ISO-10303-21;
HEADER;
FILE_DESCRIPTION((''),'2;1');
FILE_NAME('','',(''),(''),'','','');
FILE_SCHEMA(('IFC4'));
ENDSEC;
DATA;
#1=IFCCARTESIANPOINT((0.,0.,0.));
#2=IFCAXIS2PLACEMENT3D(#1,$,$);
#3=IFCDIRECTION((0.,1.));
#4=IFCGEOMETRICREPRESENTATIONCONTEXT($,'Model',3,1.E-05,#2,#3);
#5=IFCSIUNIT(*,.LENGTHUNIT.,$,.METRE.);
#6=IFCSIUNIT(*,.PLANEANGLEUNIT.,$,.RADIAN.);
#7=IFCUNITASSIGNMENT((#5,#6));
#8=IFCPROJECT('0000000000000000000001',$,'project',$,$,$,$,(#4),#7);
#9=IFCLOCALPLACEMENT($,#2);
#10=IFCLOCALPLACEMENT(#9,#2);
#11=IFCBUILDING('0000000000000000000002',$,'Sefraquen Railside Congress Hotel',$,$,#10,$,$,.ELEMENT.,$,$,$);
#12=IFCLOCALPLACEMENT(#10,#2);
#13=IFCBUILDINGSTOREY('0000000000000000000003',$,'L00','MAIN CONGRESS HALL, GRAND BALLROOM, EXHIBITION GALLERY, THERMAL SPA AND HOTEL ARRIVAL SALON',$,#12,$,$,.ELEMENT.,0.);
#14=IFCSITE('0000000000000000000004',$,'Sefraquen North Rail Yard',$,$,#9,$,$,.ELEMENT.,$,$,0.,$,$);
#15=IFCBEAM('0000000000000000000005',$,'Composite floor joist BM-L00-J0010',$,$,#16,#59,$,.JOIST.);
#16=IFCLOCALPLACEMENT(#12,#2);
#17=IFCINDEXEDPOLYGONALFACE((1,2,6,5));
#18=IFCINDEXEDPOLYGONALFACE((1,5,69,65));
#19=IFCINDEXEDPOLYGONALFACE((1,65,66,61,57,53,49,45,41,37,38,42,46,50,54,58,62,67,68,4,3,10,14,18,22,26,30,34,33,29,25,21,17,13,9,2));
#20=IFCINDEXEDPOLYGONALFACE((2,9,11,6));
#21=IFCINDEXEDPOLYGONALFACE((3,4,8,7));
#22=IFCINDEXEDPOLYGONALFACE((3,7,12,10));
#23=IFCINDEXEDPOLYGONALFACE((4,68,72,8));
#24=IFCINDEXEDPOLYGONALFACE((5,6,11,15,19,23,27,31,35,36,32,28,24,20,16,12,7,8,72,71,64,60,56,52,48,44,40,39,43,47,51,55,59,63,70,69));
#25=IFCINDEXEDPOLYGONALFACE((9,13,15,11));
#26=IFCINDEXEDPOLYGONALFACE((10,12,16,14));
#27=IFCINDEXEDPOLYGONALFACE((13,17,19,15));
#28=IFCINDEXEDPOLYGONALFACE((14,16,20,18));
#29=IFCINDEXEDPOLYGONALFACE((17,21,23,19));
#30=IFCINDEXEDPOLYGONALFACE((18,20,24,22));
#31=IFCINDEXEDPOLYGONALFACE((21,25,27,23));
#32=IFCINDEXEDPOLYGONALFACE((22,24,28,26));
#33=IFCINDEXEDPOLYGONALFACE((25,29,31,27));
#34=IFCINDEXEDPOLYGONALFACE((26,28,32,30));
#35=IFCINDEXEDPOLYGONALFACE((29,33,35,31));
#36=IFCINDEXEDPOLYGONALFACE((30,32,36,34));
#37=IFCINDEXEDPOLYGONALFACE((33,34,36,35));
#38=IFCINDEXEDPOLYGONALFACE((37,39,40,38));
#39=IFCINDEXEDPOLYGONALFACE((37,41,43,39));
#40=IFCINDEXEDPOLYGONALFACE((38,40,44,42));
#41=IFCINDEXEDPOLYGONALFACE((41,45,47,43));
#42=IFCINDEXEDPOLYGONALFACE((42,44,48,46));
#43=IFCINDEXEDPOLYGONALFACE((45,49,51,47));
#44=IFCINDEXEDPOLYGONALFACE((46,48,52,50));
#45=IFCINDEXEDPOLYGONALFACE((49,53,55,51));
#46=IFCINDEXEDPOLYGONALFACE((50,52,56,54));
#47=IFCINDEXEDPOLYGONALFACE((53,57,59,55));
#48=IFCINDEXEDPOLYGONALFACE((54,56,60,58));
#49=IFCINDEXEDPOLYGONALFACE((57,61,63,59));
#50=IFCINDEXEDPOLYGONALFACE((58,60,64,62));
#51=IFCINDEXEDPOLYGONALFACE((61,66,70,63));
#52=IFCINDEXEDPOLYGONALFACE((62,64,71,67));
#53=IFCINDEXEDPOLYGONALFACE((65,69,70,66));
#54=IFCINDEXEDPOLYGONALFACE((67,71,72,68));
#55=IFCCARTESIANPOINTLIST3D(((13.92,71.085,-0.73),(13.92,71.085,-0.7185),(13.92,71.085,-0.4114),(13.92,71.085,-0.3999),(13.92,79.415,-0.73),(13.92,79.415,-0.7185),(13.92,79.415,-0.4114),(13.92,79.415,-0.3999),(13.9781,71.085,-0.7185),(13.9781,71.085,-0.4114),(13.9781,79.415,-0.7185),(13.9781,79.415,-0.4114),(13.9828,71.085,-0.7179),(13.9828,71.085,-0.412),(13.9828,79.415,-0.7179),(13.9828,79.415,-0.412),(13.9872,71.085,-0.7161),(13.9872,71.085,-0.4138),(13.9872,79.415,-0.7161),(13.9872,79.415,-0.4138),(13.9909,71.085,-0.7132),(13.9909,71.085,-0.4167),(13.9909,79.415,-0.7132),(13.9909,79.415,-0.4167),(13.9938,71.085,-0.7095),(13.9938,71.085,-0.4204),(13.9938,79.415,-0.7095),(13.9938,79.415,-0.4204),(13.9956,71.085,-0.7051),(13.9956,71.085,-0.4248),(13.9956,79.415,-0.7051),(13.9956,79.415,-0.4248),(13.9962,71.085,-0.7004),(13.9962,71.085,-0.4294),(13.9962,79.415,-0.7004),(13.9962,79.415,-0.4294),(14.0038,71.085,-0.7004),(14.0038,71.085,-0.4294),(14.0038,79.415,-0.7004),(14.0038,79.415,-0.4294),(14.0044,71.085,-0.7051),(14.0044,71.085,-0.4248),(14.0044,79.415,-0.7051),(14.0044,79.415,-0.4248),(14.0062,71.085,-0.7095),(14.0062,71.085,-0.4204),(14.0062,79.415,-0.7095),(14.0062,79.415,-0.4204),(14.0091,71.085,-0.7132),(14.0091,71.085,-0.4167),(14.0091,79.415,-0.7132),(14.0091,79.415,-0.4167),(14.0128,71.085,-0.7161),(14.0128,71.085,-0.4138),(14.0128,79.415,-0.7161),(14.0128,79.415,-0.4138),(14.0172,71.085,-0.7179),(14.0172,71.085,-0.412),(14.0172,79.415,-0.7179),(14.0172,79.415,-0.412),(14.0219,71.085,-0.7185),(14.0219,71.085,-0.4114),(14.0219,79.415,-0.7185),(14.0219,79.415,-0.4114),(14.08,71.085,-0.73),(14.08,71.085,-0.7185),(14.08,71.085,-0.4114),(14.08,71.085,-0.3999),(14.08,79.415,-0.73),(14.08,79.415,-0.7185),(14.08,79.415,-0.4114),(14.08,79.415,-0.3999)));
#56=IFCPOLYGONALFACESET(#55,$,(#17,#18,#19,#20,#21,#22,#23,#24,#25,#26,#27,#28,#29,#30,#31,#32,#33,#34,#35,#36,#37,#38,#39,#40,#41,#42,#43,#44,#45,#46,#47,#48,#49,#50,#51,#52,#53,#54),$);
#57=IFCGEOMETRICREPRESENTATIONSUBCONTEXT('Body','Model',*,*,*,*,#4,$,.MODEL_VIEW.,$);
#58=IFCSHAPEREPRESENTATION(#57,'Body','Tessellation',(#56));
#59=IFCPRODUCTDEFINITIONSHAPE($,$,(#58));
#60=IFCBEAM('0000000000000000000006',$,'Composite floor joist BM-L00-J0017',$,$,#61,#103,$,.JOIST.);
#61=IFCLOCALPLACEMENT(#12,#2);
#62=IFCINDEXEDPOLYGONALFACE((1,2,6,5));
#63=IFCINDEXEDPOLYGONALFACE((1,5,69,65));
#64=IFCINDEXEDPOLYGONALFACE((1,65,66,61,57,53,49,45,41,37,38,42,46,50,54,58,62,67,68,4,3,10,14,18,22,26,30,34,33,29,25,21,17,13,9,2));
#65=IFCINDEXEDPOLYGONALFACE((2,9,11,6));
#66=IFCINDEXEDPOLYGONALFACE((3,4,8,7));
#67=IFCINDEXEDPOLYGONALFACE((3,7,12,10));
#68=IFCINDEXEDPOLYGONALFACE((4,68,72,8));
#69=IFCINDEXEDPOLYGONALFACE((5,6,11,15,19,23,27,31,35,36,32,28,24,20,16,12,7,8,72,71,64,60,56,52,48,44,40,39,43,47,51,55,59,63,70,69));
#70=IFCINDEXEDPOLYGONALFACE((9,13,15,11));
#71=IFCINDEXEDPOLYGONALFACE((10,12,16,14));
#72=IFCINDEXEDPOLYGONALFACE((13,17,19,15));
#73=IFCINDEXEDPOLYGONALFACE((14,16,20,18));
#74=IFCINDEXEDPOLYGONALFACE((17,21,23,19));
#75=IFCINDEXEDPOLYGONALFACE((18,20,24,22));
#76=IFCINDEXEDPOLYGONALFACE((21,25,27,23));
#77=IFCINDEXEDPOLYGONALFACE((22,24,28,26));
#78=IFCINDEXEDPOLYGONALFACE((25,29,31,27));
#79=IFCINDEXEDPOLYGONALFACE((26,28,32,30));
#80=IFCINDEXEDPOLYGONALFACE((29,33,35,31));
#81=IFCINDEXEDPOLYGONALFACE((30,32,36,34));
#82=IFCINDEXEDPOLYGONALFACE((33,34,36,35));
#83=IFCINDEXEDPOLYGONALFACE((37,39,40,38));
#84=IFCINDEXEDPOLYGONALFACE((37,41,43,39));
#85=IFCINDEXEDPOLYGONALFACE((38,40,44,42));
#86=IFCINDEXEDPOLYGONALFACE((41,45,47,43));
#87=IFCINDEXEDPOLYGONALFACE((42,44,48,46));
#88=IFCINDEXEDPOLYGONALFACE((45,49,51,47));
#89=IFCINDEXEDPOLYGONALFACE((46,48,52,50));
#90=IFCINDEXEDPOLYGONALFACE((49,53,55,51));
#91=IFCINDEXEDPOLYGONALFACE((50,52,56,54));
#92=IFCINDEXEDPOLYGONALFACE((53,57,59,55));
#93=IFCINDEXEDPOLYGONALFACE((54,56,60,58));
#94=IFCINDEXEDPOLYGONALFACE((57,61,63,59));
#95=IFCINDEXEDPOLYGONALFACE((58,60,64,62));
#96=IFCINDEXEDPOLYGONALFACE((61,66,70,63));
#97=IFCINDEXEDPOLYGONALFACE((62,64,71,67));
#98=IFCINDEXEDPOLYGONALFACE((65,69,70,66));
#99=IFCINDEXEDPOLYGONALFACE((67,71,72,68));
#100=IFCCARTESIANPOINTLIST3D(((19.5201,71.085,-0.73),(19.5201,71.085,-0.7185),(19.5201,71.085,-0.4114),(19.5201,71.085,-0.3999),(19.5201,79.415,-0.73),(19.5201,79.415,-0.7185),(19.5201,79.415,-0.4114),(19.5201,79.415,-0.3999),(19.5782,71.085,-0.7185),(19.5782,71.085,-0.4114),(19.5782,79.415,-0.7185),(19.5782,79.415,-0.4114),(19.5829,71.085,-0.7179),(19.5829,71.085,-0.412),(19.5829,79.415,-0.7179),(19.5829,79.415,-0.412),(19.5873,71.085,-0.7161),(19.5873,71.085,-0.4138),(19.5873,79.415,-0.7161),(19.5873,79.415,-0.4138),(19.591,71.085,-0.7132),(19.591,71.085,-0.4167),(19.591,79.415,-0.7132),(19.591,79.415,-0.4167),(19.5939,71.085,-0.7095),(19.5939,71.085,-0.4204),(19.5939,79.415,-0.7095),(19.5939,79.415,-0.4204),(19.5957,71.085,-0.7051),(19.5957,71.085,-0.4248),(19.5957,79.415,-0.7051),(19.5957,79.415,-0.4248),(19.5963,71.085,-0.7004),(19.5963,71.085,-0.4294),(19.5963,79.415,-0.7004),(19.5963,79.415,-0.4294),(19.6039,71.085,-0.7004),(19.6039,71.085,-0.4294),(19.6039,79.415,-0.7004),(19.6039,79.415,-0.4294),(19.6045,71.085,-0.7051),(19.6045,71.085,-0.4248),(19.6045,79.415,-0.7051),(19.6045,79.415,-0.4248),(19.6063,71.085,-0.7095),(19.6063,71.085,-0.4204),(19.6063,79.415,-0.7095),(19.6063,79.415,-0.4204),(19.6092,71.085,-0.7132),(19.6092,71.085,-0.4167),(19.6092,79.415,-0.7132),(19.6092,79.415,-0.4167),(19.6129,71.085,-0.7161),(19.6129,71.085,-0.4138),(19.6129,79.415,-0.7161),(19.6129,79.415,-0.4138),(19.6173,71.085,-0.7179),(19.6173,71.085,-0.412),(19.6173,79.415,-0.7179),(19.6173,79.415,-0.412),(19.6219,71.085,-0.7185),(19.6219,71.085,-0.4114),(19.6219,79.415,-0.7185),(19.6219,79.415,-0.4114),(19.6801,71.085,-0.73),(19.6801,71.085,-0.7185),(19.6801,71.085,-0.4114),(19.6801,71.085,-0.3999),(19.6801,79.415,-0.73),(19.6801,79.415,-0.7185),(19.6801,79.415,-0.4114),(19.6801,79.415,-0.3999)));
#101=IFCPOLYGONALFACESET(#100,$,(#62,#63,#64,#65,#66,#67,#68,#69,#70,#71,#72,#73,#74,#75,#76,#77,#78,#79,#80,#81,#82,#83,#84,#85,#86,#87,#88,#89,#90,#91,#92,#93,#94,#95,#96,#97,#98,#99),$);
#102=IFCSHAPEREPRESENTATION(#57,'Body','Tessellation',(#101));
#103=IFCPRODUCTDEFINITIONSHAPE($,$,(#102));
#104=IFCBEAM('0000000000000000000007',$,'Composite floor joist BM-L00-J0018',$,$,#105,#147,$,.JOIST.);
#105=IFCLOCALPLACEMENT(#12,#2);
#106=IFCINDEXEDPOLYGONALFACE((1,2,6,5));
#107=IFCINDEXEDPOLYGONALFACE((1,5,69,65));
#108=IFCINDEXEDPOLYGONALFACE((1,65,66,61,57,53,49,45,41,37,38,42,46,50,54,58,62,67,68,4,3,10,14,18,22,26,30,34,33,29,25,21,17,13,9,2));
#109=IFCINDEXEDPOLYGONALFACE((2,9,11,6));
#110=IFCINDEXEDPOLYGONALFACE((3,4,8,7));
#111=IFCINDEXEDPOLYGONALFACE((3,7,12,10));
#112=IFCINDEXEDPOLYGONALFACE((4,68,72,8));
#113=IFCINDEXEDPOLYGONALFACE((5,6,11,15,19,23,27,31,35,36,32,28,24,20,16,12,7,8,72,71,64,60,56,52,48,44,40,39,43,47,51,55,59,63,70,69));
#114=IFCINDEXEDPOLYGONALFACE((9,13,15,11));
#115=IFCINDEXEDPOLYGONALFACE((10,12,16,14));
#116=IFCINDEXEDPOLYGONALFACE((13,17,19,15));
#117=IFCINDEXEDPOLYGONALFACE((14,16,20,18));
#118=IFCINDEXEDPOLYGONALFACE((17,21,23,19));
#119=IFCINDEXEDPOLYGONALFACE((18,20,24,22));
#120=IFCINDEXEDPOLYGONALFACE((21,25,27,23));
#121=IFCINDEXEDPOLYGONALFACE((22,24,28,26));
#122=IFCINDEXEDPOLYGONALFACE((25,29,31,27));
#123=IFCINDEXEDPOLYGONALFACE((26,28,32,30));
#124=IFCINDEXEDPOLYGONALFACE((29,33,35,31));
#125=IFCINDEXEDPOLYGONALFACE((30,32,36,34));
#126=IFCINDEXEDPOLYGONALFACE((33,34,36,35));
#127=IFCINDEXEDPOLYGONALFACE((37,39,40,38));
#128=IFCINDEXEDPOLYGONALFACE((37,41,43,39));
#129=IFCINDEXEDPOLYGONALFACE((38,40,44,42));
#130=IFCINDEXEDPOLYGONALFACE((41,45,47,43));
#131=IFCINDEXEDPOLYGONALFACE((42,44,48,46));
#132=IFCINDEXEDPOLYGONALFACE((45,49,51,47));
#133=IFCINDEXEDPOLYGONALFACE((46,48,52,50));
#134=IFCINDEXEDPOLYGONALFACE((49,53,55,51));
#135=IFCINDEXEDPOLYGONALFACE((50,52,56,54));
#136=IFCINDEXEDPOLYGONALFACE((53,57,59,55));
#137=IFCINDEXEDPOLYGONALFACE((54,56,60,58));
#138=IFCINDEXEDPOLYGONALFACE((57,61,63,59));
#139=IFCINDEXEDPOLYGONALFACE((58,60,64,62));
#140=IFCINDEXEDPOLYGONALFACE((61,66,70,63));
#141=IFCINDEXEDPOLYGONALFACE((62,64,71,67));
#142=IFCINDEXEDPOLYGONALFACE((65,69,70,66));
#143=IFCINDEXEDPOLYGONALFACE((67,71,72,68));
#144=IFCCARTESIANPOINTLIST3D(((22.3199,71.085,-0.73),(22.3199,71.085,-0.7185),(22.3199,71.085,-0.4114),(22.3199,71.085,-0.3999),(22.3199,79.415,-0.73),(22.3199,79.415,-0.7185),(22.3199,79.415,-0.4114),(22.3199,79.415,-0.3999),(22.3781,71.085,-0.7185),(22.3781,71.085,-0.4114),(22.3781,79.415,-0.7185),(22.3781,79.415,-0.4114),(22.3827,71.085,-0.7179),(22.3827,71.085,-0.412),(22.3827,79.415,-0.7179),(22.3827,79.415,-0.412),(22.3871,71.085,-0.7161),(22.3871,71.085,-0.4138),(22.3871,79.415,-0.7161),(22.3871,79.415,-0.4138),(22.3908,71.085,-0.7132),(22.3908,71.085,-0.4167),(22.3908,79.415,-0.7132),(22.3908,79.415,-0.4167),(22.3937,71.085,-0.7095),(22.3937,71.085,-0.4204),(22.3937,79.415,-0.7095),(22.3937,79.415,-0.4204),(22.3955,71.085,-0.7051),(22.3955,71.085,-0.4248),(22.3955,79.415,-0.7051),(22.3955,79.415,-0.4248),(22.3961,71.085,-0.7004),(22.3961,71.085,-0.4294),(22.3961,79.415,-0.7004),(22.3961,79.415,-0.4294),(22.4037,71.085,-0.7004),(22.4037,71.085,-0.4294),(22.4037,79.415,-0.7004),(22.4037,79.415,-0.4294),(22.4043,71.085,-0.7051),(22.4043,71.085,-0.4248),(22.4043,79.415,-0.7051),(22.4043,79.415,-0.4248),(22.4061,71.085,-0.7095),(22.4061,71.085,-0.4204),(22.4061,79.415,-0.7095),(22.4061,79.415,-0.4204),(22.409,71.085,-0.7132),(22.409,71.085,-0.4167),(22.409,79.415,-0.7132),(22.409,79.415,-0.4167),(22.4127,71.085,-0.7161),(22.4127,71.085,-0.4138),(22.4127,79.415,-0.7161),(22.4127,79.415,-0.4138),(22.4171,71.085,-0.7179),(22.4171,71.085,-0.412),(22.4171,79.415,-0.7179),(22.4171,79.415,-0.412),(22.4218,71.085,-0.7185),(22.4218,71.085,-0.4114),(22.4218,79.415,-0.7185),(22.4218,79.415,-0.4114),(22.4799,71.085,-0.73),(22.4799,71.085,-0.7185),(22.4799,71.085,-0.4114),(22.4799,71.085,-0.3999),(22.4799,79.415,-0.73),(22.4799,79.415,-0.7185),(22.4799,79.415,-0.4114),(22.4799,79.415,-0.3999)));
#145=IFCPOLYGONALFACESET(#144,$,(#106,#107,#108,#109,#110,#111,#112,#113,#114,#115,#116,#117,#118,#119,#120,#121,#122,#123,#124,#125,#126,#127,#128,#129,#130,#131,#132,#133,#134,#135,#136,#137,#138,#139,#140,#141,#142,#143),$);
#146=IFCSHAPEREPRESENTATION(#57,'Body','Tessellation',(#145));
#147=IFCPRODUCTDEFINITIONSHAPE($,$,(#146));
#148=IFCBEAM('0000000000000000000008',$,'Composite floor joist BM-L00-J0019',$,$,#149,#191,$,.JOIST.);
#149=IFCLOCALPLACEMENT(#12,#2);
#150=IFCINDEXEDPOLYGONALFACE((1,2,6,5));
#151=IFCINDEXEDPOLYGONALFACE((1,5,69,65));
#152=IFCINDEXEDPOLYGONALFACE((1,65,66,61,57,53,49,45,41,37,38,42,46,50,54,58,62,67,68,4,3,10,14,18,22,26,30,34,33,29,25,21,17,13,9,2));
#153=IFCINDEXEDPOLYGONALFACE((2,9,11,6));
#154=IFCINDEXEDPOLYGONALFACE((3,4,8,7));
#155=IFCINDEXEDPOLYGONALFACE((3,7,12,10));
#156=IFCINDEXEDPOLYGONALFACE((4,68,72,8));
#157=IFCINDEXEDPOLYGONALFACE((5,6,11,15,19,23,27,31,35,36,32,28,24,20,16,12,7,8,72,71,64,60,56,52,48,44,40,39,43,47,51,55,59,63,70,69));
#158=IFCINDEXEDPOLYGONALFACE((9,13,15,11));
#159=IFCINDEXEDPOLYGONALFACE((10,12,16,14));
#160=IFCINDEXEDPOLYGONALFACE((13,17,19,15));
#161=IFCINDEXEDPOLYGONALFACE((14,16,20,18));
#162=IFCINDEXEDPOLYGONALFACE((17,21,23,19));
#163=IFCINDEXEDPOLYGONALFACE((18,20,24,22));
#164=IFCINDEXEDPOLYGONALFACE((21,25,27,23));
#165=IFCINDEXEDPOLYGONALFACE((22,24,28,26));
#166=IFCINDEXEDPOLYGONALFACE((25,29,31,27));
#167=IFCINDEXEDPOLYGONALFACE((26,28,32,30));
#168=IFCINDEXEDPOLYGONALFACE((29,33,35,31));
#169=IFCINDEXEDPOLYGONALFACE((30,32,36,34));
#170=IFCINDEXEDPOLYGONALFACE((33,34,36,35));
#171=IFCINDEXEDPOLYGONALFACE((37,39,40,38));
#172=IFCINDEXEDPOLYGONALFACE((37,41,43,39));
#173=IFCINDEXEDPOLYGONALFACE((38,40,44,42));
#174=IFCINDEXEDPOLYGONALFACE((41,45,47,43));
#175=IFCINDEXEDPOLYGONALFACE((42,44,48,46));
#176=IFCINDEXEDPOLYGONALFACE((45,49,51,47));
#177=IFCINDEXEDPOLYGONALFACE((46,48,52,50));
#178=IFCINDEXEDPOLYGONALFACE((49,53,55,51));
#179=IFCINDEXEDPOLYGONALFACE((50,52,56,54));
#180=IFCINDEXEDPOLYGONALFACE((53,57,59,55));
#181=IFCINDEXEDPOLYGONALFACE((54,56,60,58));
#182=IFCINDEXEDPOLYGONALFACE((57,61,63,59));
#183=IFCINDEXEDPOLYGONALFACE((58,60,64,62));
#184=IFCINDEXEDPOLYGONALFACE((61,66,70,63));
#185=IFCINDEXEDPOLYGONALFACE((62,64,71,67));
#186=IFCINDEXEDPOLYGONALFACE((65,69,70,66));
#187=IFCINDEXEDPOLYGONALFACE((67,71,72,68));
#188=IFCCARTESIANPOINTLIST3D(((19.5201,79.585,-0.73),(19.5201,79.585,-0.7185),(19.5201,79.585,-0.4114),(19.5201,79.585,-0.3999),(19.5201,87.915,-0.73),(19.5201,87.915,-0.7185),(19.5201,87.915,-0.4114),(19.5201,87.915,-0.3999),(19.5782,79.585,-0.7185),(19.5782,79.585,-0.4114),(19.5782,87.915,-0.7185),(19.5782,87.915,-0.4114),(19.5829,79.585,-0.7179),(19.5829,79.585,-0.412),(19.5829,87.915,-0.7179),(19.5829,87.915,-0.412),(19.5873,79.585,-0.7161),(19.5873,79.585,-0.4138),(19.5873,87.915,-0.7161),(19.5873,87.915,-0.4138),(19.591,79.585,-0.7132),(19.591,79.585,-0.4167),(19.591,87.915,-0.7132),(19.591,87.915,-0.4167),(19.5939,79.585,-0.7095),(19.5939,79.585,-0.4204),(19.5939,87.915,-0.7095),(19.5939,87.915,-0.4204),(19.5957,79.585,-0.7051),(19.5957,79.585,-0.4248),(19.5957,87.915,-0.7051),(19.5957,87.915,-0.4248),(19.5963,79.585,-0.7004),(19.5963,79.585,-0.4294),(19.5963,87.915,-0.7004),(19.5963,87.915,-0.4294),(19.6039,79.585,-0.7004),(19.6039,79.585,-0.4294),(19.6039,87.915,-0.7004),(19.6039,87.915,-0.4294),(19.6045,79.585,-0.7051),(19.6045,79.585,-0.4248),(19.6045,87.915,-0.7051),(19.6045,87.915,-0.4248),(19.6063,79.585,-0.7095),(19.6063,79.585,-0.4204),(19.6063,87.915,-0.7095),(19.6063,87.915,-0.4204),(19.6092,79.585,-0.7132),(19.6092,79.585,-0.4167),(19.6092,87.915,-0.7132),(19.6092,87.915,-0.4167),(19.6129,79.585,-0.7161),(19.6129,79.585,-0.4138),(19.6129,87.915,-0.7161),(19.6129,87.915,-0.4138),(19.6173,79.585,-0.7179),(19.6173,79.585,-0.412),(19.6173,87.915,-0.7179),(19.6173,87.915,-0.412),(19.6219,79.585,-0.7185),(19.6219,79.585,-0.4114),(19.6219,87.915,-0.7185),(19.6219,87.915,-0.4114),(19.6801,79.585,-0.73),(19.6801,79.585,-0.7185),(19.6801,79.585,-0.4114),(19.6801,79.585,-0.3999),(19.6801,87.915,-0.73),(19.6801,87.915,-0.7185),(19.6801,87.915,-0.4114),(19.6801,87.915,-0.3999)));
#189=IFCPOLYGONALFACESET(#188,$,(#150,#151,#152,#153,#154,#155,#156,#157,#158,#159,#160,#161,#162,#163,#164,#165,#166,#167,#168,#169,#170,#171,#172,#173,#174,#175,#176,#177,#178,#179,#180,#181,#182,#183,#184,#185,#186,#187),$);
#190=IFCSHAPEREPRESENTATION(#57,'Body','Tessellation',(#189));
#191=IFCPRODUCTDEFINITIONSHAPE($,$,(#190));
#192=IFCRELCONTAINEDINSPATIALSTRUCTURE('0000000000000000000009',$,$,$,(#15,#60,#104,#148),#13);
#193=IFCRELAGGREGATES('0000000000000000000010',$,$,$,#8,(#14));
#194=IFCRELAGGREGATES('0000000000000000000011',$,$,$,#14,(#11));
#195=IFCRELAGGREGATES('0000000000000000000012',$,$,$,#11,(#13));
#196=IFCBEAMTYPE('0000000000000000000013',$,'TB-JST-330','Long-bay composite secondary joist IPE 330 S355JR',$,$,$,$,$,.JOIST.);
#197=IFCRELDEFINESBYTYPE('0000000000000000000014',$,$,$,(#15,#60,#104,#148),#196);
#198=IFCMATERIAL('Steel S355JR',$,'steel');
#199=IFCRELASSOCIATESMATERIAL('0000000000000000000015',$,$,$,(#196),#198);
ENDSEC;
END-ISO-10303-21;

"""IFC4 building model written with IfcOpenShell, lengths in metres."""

from ifc_helpers import new_model, si_unit, direction, frame, origin, origin_2d, place, context, subcontext, project, spatial, i_section, extrude, material, material_profile, profile_set, type_object, element, save


model = new_model("IFC4")

# Units and contexts
model_context = context("Model", 3, precision=1e-05, world=origin(), true_north=direction((0.0, 1.0)))
body_context = subcontext(model_context, "Body", "Model", "MODEL_VIEW")
ifc_project = project(units=[si_unit("LENGTHUNIT", "METRE"), si_unit("PLANEANGLEUNIT", "RADIAN")], contexts=[model_context])

# Site, building, storey
site_placement = place(None, origin())
site = spatial("IfcSite", under=ifc_project, at=site_placement, Name="Sefraquen North Rail Yard", CompositionType="ELEMENT", RefElevation=0.0)
building_placement = place(site_placement, origin())
building = spatial("IfcBuilding", under=site, at=building_placement, Name="Sefraquen Railside Congress Hotel", CompositionType="ELEMENT")
storey_placement = place(building_placement, origin())
storey = spatial("IfcBuildingStorey", under=building, at=storey_placement, Name="L00", Description="MAIN CONGRESS HALL, GRAND BALLROOM, EXHIBITION GALLERY, THERMAL SPA AND HOTEL ARRIVAL SALON", CompositionType="ELEMENT", Elevation=0.0)

# Shared definitions
ifc_material_1 = material(Name="Steel S355JR", Category="steel")

# Beams
ifc_material_profile_1 = material_profile(ifc_material_1, i_section(OverallWidth=0.1599, OverallDepth=0.3301, WebThickness=0.0076, FlangeThickness=0.0115, FilletRadius=0.0181, at=origin_2d()), Name="IPE 330")
ifc_profile_set_1 = profile_set([ifc_material_profile_1], Name="Steel S355JR")
beam_type_1 = type_object("IfcBeamType", Name="TB-JST-330", Description="Long-bay composite secondary joist IPE 330 S355JR", PredefinedType="JOIST", material=ifc_profile_set_1)
for number, where, z_axis, x_axis, name in (
    (1, (14.0, 71.085, -0.5649), (0.0, 1.0, 0.0), (-1.0, 0.0, 0.0), "Composite floor joist BM-L00-J0010"),
    (2, (19.6001, 71.085, -0.5649), (0.0, 1.0, 0.0), (-1.0, 0.0, 0.0), "Composite floor joist BM-L00-J0017"),
    (3, (22.3999, 71.085, -0.5649), (0.0, 1.0, 0.0), (-1.0, 0.0, 0.0), "Composite floor joist BM-L00-J0018"),
    (4, (19.6001, 79.585, -0.5649), (0.0, 1.0, 0.0), (-1.0, 0.0, 0.0), "Composite floor joist BM-L00-J0019"),
):
    element("IfcBeam", number, at=place(storey_placement, frame(where, z_axis=z_axis, x_axis=x_axis)), inside=storey, type_object=beam_type_1, Name=name, PredefinedType="JOIST", context=body_context, shape_type="SweptSolid", body=[
        extrude(i_section(OverallWidth=0.1599, OverallDepth=0.3301, WebThickness=0.0076, FlangeThickness=0.0115, FilletRadius=0.0181, at=origin_2d()), origin(), (0.0, 0.0, 1.0), 8.3301),
    ])

save(model, "model.ifc")
